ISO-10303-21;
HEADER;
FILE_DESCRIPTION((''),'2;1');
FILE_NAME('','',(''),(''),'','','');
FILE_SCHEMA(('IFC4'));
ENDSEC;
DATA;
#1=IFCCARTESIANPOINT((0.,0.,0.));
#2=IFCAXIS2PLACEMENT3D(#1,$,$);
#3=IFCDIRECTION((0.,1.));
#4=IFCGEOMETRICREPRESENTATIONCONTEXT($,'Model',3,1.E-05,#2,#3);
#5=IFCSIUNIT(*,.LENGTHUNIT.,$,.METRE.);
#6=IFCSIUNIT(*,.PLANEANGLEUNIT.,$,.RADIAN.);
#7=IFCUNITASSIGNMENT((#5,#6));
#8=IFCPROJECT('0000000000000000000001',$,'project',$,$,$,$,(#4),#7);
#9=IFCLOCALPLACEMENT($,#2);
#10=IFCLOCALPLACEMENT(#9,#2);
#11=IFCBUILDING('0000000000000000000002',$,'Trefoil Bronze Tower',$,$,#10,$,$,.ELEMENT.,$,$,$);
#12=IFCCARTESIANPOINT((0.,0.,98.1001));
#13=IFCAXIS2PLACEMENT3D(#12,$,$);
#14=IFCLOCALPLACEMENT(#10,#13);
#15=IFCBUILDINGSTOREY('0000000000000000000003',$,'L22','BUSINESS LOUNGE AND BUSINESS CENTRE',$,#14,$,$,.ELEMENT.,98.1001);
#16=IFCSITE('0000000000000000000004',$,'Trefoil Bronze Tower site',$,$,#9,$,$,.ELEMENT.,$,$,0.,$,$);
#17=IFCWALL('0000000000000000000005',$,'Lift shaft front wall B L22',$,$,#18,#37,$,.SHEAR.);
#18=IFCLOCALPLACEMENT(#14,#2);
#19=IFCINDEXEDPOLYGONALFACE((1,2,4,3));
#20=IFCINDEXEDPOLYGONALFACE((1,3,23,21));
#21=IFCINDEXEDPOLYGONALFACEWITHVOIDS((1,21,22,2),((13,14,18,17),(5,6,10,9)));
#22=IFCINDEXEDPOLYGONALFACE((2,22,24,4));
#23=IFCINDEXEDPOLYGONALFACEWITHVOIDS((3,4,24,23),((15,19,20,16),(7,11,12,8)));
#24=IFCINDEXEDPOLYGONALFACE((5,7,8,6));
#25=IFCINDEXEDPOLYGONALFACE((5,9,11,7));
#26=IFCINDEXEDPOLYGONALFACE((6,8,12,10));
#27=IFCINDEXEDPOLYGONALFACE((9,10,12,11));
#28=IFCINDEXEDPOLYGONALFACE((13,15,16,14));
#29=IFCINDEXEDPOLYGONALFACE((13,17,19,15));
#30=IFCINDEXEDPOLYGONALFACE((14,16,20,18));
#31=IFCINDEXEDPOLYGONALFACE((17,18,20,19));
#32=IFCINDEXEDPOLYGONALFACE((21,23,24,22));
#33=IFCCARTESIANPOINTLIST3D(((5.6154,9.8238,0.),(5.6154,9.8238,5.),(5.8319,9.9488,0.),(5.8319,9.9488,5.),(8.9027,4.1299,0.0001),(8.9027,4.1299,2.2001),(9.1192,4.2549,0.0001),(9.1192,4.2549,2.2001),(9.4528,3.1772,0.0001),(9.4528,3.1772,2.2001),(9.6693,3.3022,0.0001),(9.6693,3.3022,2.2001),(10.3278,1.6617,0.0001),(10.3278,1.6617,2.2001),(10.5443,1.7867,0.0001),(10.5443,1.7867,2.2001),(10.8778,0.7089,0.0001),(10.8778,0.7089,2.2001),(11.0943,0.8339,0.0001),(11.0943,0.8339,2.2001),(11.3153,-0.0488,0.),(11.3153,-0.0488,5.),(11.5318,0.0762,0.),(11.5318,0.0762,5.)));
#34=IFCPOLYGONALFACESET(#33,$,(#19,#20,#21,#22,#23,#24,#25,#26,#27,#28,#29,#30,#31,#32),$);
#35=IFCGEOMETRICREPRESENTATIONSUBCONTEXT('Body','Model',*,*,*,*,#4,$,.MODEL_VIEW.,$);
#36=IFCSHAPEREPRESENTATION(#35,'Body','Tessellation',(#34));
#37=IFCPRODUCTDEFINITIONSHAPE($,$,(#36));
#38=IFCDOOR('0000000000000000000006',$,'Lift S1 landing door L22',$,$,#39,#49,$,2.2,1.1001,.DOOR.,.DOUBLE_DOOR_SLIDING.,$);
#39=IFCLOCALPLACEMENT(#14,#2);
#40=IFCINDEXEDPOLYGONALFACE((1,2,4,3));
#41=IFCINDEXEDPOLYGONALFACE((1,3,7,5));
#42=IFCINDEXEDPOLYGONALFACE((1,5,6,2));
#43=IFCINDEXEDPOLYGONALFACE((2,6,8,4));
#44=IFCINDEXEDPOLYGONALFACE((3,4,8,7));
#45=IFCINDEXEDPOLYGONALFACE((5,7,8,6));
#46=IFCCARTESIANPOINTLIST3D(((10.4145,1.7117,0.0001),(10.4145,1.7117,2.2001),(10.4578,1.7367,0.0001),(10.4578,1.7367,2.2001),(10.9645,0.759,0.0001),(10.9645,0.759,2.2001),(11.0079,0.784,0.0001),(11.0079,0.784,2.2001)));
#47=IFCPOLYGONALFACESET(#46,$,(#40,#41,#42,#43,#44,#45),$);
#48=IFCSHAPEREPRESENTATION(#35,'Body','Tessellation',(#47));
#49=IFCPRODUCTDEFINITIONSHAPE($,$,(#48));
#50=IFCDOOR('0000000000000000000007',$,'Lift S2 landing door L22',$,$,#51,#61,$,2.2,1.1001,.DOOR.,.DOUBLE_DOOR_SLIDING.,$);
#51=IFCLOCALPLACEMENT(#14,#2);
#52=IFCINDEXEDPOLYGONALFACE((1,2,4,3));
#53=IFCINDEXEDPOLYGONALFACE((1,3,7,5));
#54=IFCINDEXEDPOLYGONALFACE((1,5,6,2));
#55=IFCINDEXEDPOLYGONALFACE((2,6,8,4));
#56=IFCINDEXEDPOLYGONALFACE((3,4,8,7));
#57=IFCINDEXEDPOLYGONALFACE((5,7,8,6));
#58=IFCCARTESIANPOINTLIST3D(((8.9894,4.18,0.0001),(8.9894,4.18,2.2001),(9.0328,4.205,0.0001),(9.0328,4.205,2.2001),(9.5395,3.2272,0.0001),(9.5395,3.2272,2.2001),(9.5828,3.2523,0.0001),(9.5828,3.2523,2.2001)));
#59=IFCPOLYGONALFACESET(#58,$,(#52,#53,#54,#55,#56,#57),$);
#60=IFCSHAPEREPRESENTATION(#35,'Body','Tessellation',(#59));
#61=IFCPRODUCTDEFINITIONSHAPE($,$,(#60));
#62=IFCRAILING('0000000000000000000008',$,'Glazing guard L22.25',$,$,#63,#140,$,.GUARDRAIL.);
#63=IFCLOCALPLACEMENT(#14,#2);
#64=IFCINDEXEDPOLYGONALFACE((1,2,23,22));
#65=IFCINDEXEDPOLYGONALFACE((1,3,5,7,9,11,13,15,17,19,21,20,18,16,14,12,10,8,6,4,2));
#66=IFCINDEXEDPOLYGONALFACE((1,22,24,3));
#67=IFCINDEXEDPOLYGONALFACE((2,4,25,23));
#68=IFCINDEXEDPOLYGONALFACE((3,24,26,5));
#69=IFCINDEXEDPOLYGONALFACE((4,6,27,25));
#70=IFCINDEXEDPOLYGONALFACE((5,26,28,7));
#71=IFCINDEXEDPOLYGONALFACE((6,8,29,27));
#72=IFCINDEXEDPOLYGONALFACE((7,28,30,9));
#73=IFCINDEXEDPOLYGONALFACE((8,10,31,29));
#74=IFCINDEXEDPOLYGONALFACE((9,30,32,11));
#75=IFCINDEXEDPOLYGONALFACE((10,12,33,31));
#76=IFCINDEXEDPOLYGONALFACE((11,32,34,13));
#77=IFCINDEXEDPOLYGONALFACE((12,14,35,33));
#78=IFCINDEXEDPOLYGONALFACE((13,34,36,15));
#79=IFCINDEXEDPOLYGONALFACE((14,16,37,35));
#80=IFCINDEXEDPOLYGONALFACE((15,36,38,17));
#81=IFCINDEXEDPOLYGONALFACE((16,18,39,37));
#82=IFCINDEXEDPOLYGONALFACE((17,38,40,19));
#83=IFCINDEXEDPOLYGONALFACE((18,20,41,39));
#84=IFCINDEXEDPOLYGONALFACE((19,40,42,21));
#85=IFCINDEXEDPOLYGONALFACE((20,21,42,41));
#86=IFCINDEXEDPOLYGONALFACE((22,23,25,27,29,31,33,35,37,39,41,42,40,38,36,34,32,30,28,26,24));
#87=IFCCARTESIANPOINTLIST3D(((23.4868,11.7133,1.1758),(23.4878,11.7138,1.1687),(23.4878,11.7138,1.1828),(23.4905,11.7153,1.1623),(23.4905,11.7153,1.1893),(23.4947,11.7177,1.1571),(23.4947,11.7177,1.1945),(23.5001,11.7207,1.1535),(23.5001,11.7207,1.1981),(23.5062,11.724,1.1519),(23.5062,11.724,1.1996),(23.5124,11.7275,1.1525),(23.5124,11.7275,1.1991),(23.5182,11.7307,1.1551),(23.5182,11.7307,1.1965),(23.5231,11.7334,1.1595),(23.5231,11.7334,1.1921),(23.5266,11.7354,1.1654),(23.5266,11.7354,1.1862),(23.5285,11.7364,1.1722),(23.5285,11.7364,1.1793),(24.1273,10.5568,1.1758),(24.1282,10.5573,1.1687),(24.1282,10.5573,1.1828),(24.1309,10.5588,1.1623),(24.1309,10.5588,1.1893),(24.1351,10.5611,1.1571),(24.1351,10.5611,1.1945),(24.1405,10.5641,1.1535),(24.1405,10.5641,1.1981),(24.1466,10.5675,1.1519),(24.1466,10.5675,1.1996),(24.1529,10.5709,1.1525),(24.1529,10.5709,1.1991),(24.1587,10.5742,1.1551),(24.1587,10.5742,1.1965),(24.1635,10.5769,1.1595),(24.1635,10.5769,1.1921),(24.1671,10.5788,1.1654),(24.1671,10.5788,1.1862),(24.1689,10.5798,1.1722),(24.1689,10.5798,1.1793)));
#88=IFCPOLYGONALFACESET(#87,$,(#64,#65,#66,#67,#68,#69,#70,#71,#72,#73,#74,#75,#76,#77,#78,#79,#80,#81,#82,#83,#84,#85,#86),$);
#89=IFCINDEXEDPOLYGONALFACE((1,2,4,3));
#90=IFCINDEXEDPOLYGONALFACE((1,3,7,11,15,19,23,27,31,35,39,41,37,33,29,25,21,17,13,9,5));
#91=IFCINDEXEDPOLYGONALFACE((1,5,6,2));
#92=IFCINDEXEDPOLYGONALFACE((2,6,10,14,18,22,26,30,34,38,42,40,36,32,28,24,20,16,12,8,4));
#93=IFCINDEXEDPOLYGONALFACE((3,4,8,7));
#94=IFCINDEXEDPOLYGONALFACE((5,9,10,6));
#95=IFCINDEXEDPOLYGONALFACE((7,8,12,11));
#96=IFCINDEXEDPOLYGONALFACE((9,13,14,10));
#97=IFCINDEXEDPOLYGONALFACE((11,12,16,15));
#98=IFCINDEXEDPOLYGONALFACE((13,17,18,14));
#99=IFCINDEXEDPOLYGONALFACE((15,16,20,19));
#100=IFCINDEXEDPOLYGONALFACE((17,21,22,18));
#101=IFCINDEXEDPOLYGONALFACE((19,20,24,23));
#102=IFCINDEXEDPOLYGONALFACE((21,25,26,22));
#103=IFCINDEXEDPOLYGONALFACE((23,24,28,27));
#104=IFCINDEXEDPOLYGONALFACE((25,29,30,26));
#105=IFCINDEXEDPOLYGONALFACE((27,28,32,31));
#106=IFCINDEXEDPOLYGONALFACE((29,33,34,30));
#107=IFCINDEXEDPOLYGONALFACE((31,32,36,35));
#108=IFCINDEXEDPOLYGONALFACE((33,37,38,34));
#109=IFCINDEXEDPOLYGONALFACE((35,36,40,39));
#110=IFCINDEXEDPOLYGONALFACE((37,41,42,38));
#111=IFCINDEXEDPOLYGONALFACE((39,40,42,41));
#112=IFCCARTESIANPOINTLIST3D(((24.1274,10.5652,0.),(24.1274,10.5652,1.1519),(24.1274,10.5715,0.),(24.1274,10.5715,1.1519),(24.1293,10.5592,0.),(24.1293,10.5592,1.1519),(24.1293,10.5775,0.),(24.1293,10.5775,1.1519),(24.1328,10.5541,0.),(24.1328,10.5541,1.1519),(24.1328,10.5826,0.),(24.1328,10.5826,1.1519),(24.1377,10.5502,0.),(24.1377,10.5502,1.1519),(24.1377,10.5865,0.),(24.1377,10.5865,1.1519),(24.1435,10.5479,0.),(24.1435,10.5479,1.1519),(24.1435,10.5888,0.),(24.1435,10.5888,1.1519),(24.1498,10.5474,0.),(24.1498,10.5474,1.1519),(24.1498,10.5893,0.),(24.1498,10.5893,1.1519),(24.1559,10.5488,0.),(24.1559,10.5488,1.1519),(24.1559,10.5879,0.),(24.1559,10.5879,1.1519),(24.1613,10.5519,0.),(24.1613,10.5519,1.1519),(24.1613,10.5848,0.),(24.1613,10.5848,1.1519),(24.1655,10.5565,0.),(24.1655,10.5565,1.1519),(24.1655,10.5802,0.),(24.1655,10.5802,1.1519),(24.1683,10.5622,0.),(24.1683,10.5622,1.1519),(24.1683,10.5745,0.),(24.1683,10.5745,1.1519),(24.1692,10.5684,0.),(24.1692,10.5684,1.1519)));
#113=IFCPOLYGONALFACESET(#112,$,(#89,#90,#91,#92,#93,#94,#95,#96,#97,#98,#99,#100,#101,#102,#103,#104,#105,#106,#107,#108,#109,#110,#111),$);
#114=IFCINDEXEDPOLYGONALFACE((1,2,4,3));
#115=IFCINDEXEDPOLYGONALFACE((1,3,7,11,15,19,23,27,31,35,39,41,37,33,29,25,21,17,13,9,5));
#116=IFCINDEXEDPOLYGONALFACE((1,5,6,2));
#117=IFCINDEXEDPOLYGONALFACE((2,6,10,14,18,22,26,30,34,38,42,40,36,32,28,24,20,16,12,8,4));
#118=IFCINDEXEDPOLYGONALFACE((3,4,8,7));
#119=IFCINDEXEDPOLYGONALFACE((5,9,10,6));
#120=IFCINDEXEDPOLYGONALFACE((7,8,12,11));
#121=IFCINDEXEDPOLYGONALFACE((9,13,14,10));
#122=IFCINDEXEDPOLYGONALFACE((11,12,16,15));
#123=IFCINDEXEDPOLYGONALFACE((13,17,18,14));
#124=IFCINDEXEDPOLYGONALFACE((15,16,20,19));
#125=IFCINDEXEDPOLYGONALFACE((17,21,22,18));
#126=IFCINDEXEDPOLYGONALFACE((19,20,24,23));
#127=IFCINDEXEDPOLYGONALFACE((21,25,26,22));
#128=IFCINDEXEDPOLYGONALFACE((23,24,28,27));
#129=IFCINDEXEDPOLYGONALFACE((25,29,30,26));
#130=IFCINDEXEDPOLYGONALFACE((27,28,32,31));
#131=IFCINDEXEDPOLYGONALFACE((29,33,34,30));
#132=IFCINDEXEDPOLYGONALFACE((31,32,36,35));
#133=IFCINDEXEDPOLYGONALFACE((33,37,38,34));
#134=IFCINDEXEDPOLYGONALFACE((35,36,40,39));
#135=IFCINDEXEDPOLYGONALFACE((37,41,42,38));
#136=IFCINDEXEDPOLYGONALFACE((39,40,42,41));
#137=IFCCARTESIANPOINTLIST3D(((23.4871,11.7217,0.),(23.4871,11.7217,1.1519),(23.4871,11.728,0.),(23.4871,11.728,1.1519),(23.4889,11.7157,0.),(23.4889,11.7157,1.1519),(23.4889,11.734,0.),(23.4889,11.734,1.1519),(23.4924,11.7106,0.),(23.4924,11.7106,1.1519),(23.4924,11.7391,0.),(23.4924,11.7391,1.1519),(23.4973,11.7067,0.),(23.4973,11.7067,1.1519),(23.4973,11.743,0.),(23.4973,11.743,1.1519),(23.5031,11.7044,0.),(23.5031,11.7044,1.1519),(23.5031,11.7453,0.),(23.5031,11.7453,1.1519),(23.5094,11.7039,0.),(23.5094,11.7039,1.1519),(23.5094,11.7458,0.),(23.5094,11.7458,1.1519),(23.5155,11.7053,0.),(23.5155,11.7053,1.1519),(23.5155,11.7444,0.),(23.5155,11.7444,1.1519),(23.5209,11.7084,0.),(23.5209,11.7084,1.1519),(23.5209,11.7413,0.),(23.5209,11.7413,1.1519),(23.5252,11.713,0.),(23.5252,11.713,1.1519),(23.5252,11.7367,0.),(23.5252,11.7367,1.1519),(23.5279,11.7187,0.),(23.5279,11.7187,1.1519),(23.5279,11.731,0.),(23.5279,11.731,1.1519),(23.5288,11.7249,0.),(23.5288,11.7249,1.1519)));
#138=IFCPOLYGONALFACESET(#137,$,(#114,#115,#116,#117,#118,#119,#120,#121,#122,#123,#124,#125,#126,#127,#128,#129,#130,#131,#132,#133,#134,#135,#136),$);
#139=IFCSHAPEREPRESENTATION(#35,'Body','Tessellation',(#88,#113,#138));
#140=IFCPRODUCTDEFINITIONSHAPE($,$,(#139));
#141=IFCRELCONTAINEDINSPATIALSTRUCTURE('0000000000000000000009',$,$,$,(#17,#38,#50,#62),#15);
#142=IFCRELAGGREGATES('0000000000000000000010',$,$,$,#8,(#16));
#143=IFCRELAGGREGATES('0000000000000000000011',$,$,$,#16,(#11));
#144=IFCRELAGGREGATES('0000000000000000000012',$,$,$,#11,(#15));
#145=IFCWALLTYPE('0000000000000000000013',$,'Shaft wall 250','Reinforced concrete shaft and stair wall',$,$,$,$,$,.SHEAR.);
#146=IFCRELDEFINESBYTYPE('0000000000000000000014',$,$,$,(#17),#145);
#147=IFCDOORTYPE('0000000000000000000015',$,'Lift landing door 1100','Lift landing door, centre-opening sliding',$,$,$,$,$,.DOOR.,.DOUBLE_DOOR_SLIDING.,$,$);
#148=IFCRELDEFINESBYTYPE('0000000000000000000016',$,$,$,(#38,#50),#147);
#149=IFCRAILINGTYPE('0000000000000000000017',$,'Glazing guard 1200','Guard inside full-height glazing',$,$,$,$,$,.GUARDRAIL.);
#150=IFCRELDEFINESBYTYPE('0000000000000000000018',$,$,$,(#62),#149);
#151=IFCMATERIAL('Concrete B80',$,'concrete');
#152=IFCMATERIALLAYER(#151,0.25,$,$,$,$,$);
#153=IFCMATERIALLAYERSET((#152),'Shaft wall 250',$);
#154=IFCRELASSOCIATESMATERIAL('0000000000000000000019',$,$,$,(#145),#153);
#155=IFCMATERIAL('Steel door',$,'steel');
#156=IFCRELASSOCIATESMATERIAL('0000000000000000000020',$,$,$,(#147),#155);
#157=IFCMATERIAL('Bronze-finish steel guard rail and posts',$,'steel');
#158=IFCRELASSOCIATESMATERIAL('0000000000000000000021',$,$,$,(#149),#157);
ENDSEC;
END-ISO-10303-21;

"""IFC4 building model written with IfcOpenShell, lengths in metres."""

from ifc_helpers import new_model, si_unit, direction, frame, frame_2d, origin, origin_2d, place, context, subcontext, project, spatial, rectangle, circle, extrude, material, layer, layer_set, type_object, element, fill, save


model = new_model("IFC4")

# Units and contexts
model_context = context("Model", 3, precision=1e-05, world=origin(), true_north=direction((0.0, 1.0)))
body_context = subcontext(model_context, "Body", "Model", "MODEL_VIEW")
ifc_project = project(units=[si_unit("LENGTHUNIT", "METRE"), si_unit("PLANEANGLEUNIT", "RADIAN")], contexts=[model_context])

# Site, building, storey
site_placement = place(None, origin())
site = spatial("IfcSite", under=ifc_project, at=site_placement, Name="Trefoil Bronze Tower site", CompositionType="ELEMENT", RefElevation=0.0)
building_placement = place(site_placement, origin())
building = spatial("IfcBuilding", under=site, at=building_placement, Name="Trefoil Bronze Tower", CompositionType="ELEMENT")
storey_placement = place(building_placement, frame((0.0, 0.0, 98.1001)))
storey = spatial("IfcBuildingStorey", under=building, at=storey_placement, Name="L22", Description="BUSINESS LOUNGE AND BUSINESS CENTRE", CompositionType="ELEMENT", Elevation=98.1001)

# Wall, openings, doors
ifc_material_1 = material(Name="Concrete B80", Category="concrete")
ifc_layer_1 = layer(ifc_material_1, 0.25)
ifc_layer_set_1 = layer_set([ifc_layer_1], Name="Shaft wall 250")
wall_type_1 = type_object("IfcWallType", Name="Shaft wall 250", Description="Reinforced concrete shaft and stair wall", PredefinedType="SHEAR", material=ifc_layer_set_1)
wall_1_placement = place(storey_placement, frame((11.4236, 0.0137, 0.0), z_axis=(0.0, 0.0, 1.0), x_axis=(-0.500002, 0.866024, 0.0)))
wall_1 = element("IfcWall", 1, at=wall_1_placement, inside=storey, type_object=wall_type_1, Name="Lift shaft front wall B L22", PredefinedType="SHEAR", context=body_context, shape_type="SweptSolid", body=[
    extrude(rectangle(XDim=11.3999, YDim=0.25, at=frame_2d((5.7, 0.0))), origin(), (0.0, 0.0, 1.0), 5.0),
])
opening_1_placement = place(wall_1_placement, frame((0.875, 0.0, 0.0)))
opening_1 = element("IfcOpeningElement", 2, at=opening_1_placement, cuts=wall_1, PredefinedType="OPENING", context=body_context, shape_type="SweptSolid", body=[
    extrude(rectangle(XDim=1.1001, YDim=2.2, at=frame_2d((0.55, 1.1001))), frame((0.0, 0.135, 0.0), z_axis=(0.0, -1.0, 0.0), x_axis=(1.0, 0.0, 0.0)), (0.0, 0.0, 1.0), 0.27),
])
opening_2_placement = place(wall_1_placement, frame((3.7251, 0.0, 0.0)))
opening_2 = element("IfcOpeningElement", 3, at=opening_2_placement, cuts=wall_1, PredefinedType="OPENING", context=body_context, shape_type="SweptSolid", body=[
    extrude(rectangle(XDim=1.1001, YDim=2.2, at=frame_2d((0.55, 1.1001))), frame((0.0, 0.135, 0.0), z_axis=(0.0, -1.0, 0.0), x_axis=(1.0, 0.0, 0.0)), (0.0, 0.0, 1.0), 0.27),
])
ifc_material_2 = material(Name="Steel door", Category="steel")
door_type = type_object("IfcDoorType", Name="Lift landing door 1100", Description="Lift landing door, centre-opening sliding", OperationType="DOUBLE_DOOR_SLIDING", PredefinedType="DOOR", material=ifc_material_2)
door_1_placement = place(opening_1_placement, origin())
door_1 = element("IfcDoor", 4, at=door_1_placement, inside=storey, type_object=door_type, Name="Lift S1 landing door L22", OperationType="DOUBLE_DOOR_SLIDING", OverallHeight=2.2, OverallWidth=1.1001, PredefinedType="DOOR", context=body_context, shape_type="SweptSolid", body=[
    extrude(rectangle(XDim=1.1001, YDim=2.2, at=frame_2d((0.55, 1.1001))), frame((0.0, 0.0249, 0.0), z_axis=(0.0, -1.0, 0.0), x_axis=(1.0, 0.0, 0.0)), (0.0, 0.0, 1.0), 0.05),
])
fill(opening_1, door_1)
door_2_placement = place(opening_2_placement, origin())
door_2 = element("IfcDoor", 5, at=door_2_placement, inside=storey, type_object=door_type, Name="Lift S2 landing door L22", OperationType="DOUBLE_DOOR_SLIDING", OverallHeight=2.2, OverallWidth=1.1001, PredefinedType="DOOR", context=body_context, shape_type="SweptSolid", body=[
    extrude(rectangle(XDim=1.1001, YDim=2.2, at=frame_2d((0.55, 1.1001))), frame((0.0, 0.0249, 0.0), z_axis=(0.0, -1.0, 0.0), x_axis=(1.0, 0.0, 0.0)), (0.0, 0.0, 1.0), 0.05),
])
fill(opening_2, door_2)

# Railing
ifc_material_3 = material(Name="Bronze-finish steel guard rail and posts", Category="steel")
railing_type = type_object("IfcRailingType", Name="Glazing guard 1200", Description="Guard inside full-height glazing", PredefinedType="GUARDRAIL", material=ifc_material_3)
railing_placement = place(storey_placement, frame((24.1482, 10.5684, 0.0)))
element("IfcRailing", 6, at=railing_placement, inside=storey, type_object=railing_type, Name="Glazing guard L22.25", PredefinedType="GUARDRAIL", context=body_context, shape_type="SweptSolid", body=[
    extrude(circle(Radius=0.0239, at=origin_2d()), frame((0.0, 0.0, 1.1758), z_axis=(-0.484419, 0.874836, 0.0), x_axis=(-0.874836, -0.484419, 0.0)), (0.0, 0.0, 1.0), 1.322),
    extrude(circle(Radius=0.021, at=origin_2d()), origin(), (0.0, 0.0, 1.0), 1.1519),
    extrude(circle(Radius=0.021, at=origin_2d()), frame((-0.6404, 1.1565, 0.0)), (0.0, 0.0, 1.0), 1.1519),
])

save(model, "model.ifc")
